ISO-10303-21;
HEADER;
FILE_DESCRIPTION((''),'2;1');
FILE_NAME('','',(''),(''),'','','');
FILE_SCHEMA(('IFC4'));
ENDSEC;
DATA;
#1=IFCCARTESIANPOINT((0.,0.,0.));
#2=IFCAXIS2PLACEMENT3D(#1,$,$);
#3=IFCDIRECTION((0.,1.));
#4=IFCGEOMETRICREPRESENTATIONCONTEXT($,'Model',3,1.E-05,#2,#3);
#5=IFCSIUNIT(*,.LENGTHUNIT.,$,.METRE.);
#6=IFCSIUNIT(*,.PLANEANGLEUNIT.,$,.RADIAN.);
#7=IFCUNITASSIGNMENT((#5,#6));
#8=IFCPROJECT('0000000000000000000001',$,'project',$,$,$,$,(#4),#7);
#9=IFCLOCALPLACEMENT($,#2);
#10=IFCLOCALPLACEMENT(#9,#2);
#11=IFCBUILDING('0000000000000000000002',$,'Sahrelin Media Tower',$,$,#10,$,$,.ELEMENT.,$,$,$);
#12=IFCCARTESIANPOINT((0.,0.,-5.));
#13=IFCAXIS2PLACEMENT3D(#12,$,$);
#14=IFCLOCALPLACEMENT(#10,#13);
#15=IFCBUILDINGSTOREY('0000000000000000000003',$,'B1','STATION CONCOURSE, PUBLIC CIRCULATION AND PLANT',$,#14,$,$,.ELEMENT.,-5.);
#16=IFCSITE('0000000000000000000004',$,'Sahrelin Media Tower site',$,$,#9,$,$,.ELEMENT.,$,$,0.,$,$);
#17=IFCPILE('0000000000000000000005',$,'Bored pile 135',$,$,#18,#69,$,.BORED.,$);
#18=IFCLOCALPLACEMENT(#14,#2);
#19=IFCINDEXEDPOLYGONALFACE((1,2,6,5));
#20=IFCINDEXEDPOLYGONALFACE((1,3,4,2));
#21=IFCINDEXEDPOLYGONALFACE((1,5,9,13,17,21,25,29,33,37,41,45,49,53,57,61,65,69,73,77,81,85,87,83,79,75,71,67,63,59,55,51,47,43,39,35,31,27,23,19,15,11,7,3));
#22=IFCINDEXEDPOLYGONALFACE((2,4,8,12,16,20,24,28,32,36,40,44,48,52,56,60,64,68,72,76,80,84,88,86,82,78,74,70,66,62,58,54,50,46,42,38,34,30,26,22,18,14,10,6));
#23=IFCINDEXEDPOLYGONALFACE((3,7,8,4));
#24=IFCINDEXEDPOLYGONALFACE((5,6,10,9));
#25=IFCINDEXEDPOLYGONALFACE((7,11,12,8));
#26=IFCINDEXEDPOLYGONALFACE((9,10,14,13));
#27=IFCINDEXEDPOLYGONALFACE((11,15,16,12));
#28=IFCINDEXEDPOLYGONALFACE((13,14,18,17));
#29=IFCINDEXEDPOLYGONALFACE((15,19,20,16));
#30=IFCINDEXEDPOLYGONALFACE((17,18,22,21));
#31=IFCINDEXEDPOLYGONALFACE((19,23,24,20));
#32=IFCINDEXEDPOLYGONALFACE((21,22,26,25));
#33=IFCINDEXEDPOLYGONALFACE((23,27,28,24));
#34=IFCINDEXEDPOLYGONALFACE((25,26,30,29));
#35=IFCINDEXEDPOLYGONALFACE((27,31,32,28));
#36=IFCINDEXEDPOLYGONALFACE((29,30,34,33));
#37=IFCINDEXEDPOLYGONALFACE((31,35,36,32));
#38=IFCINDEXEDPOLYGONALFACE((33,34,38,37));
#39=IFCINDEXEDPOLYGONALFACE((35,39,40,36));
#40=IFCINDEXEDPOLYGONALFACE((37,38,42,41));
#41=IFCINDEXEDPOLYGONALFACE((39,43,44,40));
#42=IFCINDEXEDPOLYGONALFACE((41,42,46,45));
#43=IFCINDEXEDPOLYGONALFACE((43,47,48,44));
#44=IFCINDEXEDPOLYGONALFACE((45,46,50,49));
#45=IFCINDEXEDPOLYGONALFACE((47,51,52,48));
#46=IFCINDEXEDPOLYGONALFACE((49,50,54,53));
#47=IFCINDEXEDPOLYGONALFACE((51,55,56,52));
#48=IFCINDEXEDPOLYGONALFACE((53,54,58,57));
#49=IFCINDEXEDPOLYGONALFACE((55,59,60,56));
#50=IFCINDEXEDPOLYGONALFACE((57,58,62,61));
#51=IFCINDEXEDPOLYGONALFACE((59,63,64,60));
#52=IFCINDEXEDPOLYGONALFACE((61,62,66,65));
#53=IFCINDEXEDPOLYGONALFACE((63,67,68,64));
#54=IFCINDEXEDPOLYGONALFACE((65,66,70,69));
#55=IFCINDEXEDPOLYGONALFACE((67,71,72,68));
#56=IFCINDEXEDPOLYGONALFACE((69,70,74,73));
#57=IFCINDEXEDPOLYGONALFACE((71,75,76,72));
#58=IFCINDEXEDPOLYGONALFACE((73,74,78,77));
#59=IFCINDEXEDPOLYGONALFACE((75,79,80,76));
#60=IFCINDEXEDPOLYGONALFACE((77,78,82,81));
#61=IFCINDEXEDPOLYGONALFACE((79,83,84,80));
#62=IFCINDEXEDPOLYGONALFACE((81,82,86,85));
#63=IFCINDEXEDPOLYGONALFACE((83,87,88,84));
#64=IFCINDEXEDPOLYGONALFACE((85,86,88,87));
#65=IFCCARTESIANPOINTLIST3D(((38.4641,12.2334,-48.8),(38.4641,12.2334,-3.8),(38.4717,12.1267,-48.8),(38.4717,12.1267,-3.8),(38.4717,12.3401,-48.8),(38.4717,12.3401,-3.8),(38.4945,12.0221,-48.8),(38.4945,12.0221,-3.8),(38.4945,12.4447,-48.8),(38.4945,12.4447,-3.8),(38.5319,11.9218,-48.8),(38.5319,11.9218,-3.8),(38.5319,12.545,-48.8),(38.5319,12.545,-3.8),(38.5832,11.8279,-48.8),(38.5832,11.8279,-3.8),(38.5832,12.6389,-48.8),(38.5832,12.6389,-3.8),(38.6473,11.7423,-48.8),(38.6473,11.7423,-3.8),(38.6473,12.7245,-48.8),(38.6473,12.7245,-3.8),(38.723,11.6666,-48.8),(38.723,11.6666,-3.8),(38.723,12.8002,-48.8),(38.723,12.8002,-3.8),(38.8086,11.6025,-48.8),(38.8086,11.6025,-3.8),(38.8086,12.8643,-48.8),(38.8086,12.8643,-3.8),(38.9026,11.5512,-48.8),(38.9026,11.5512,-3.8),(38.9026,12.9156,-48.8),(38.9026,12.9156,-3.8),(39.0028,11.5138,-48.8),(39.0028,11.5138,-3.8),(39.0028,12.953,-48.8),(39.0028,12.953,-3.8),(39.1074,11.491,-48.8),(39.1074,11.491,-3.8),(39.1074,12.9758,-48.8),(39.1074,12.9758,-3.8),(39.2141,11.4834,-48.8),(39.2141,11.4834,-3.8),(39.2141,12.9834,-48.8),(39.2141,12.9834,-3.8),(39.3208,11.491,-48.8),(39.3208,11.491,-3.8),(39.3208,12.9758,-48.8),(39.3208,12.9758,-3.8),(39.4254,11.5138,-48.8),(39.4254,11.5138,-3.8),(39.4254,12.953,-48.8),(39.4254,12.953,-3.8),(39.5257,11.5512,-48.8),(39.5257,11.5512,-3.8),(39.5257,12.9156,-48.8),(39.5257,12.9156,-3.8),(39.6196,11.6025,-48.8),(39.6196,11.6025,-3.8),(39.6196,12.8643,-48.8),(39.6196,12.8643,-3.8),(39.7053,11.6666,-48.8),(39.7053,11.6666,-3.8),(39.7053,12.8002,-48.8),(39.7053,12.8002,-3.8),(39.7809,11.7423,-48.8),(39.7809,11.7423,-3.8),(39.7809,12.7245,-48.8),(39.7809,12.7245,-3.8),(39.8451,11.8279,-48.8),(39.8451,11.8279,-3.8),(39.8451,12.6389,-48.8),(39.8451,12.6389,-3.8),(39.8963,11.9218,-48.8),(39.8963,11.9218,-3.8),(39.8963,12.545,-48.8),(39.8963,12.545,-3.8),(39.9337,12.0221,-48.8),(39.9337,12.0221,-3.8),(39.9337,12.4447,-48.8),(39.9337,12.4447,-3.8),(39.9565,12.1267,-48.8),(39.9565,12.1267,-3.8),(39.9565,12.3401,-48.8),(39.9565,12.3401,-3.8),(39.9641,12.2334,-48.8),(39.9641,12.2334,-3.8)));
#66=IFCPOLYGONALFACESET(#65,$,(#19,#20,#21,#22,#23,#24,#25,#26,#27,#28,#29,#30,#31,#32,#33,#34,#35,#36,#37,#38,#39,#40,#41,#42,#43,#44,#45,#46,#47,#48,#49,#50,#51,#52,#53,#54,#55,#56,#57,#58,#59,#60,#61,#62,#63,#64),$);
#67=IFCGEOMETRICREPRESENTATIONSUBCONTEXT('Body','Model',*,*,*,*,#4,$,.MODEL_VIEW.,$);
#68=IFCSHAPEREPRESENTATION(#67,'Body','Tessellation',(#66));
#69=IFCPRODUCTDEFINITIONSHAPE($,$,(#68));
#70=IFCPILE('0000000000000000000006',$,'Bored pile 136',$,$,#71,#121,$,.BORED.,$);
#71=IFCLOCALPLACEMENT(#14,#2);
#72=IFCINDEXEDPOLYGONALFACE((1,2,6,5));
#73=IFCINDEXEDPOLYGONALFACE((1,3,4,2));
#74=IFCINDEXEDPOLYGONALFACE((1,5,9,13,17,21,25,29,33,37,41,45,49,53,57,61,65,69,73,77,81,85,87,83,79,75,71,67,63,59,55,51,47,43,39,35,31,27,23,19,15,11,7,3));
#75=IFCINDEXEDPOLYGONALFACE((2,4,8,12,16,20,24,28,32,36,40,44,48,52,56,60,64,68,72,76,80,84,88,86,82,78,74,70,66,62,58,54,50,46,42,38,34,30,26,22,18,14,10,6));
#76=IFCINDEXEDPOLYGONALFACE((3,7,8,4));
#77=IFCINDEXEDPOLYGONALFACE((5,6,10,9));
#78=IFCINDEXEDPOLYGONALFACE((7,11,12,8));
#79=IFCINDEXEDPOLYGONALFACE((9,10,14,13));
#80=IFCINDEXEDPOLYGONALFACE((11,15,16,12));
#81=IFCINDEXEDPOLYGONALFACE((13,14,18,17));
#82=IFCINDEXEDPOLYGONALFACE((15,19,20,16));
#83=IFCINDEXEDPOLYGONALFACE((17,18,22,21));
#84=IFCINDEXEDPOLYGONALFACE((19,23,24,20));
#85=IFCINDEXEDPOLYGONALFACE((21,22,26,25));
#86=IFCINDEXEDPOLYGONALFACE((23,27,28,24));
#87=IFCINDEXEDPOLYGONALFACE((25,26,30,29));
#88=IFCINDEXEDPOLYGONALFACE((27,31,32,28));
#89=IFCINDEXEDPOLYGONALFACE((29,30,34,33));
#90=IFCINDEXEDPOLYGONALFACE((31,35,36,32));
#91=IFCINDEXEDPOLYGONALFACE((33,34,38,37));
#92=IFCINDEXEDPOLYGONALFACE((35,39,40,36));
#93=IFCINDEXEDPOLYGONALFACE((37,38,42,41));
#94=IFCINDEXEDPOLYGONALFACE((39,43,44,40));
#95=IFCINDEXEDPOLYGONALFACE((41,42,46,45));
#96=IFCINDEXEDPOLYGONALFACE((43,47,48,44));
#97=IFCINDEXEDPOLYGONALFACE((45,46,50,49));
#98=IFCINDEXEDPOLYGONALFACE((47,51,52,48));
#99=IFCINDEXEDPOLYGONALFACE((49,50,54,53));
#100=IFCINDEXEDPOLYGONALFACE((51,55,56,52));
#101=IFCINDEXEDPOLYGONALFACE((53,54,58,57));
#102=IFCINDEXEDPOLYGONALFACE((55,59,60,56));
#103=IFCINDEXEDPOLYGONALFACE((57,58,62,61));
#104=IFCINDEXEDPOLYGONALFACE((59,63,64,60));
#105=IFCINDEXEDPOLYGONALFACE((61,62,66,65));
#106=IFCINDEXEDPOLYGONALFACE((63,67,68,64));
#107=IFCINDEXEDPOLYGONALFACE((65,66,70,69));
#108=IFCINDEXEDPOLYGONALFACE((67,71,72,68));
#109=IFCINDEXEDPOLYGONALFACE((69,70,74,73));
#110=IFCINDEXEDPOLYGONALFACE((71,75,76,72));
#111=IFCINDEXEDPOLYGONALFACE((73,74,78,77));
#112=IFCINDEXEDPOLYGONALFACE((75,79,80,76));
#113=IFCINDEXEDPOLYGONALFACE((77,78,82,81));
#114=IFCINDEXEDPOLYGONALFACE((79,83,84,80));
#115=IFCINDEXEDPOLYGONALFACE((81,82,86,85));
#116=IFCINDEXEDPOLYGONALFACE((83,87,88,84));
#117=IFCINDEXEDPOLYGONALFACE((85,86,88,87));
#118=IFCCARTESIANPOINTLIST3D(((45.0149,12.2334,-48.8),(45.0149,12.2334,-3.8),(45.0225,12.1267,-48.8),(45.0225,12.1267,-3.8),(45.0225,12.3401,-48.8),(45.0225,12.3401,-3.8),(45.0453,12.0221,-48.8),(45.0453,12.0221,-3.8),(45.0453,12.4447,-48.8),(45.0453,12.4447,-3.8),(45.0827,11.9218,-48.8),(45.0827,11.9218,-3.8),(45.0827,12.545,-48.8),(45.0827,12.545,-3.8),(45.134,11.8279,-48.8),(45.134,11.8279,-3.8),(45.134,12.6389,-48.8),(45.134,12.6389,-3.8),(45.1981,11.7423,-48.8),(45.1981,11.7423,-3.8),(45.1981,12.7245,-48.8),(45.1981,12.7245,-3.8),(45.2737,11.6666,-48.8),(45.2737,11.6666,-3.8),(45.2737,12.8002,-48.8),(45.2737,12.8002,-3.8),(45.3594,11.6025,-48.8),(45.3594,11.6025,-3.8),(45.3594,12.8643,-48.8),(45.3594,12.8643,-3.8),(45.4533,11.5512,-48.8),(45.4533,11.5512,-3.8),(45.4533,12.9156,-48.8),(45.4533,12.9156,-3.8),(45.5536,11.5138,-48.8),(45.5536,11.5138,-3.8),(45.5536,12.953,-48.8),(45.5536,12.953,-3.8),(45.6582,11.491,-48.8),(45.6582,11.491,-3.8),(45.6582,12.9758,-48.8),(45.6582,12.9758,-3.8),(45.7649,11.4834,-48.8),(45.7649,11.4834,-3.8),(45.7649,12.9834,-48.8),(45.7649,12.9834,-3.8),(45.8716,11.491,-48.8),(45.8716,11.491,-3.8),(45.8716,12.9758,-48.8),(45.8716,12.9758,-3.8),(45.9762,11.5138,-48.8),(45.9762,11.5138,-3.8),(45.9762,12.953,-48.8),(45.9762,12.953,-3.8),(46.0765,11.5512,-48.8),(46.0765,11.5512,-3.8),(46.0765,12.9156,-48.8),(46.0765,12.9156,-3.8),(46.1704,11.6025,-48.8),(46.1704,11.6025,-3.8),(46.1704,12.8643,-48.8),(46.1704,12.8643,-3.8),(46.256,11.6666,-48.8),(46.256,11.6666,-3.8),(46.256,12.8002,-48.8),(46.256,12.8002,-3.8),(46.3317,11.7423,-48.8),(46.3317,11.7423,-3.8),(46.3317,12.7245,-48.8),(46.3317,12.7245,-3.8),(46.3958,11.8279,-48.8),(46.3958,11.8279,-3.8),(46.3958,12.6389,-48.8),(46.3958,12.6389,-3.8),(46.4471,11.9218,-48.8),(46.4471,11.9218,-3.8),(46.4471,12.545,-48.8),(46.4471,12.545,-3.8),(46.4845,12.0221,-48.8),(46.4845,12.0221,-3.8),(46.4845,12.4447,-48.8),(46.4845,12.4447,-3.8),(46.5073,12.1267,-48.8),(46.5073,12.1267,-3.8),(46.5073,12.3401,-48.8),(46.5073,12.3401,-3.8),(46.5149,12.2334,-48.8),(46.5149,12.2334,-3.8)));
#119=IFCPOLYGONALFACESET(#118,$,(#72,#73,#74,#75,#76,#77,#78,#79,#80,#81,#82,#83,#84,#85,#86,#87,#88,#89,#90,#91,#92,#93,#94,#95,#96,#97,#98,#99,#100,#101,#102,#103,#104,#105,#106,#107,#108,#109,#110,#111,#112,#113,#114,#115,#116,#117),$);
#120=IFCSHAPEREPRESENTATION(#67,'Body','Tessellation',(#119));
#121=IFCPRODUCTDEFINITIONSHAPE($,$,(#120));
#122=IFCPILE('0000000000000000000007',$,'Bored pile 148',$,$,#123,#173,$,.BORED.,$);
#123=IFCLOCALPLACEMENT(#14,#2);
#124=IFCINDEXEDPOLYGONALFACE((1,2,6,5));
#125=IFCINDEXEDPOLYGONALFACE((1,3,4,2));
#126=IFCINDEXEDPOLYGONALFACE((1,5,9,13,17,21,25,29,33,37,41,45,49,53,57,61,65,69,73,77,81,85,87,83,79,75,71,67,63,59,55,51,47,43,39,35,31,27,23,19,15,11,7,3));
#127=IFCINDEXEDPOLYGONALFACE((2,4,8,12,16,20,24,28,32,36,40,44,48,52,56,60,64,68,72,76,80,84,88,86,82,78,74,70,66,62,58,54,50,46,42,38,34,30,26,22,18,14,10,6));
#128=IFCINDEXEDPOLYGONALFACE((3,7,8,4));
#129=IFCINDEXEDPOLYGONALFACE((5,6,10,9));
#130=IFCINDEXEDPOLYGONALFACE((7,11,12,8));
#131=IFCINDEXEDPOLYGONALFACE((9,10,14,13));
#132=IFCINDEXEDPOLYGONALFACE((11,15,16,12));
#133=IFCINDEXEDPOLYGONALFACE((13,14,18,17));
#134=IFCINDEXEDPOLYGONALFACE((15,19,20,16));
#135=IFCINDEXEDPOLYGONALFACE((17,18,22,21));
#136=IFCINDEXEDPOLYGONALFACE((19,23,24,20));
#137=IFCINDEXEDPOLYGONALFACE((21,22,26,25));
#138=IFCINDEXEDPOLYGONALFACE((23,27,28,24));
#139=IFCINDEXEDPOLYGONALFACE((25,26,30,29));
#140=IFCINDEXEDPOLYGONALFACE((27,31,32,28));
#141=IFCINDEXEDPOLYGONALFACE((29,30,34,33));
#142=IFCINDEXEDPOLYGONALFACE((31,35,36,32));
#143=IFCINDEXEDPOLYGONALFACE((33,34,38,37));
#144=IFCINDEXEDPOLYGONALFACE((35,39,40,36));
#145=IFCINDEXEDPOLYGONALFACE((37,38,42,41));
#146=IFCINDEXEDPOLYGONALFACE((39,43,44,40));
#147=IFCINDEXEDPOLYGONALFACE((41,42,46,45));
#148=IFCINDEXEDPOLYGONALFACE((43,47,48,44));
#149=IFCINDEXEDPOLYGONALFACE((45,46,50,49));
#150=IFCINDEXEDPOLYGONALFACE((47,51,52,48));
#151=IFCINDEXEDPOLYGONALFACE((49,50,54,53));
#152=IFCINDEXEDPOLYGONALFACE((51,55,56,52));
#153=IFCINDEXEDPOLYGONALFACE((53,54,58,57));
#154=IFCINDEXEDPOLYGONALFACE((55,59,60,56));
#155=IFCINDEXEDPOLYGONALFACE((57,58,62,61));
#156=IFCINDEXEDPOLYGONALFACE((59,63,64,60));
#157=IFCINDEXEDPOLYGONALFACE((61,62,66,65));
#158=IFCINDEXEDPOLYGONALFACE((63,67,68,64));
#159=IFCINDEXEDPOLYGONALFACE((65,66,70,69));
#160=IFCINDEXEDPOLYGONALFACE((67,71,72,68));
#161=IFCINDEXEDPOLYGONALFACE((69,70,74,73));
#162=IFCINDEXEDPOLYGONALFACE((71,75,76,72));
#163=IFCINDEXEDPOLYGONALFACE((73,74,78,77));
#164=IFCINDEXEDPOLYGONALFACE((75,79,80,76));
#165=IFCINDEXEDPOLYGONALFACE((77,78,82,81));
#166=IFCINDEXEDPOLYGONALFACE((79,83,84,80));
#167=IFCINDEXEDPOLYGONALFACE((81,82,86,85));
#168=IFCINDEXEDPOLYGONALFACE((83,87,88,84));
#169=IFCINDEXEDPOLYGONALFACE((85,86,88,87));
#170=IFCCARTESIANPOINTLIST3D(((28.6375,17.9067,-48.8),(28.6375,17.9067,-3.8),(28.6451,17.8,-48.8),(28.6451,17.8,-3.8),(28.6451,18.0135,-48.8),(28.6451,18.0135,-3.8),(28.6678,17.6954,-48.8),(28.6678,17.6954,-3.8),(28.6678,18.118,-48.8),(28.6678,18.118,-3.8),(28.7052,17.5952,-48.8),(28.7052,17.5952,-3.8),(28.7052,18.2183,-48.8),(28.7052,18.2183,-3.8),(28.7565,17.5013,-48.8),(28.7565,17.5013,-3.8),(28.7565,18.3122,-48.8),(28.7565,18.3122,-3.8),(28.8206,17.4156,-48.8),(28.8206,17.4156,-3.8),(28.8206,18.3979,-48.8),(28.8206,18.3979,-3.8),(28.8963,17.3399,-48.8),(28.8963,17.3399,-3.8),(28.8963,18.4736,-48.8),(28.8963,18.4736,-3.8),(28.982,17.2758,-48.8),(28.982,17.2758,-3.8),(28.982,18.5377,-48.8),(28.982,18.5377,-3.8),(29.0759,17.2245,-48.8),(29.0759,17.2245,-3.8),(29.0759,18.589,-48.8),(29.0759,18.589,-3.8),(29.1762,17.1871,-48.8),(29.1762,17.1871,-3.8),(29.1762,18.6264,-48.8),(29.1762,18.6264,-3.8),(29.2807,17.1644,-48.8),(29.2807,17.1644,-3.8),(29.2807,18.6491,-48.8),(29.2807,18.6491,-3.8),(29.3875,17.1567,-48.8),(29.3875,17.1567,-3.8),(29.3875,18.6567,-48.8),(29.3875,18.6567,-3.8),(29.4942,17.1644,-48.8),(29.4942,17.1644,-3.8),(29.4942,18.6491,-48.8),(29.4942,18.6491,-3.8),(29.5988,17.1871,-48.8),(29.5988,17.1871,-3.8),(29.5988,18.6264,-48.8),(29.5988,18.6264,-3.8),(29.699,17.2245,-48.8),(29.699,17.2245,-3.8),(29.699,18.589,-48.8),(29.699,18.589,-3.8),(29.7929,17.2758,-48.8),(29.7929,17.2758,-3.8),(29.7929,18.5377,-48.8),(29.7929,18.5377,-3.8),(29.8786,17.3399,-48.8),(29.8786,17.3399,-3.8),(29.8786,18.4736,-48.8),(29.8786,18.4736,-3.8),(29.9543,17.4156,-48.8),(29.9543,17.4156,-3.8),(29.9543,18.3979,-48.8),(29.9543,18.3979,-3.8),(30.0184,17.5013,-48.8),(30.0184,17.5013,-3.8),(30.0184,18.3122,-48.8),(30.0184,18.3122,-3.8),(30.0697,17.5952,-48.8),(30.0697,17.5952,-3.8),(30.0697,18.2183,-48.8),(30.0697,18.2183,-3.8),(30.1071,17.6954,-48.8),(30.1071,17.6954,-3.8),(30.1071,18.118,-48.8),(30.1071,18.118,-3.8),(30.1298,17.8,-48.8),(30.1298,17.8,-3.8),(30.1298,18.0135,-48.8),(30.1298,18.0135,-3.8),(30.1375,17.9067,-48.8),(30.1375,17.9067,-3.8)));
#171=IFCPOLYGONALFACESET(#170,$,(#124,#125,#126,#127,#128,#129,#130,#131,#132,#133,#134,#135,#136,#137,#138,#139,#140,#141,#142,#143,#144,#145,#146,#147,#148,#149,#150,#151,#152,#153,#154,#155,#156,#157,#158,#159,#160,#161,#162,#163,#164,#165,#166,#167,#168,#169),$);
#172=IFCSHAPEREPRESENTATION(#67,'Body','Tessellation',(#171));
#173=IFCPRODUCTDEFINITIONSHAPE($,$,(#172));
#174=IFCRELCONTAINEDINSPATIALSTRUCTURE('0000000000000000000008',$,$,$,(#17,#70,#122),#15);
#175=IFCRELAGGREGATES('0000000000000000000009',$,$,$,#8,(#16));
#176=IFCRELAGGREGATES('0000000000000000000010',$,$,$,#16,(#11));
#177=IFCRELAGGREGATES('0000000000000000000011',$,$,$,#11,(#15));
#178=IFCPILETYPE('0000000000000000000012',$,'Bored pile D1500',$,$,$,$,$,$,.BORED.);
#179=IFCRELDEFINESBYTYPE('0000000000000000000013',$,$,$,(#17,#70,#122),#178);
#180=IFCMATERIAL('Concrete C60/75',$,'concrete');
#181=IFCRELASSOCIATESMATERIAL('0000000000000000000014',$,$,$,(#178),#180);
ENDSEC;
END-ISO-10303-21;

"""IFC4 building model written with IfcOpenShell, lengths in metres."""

from ifc_helpers import new_model, si_unit, direction, frame, origin, origin_2d, place, context, subcontext, project, spatial, circle, extrude, material, material_profile, profile_set, type_object, element, save


model = new_model("IFC4")

# Units and contexts
model_context = context("Model", 3, precision=1e-05, world=origin(), true_north=direction((0.0, 1.0)))
body_context = subcontext(model_context, "Body", "Model", "MODEL_VIEW")
ifc_project = project(units=[si_unit("LENGTHUNIT", "METRE"), si_unit("PLANEANGLEUNIT", "RADIAN")], contexts=[model_context])

# Site, building, storey
site_placement = place(None, origin())
site = spatial("IfcSite", under=ifc_project, at=site_placement, Name="Sahrelin Media Tower site", CompositionType="ELEMENT", RefElevation=0.0)
building_placement = place(site_placement, origin())
building = spatial("IfcBuilding", under=site, at=building_placement, Name="Sahrelin Media Tower", CompositionType="ELEMENT")
storey_placement = place(building_placement, frame((0.0, 0.0, -5.0)))
storey = spatial("IfcBuildingStorey", under=building, at=storey_placement, Name="B1", Description="STATION CONCOURSE, PUBLIC CIRCULATION AND PLANT", CompositionType="ELEMENT", Elevation=-5.0)

# Piles
ifc_material_1 = material(Name="Concrete C60/75", Category="concrete")
ifc_material_profile_1 = material_profile(ifc_material_1, circle(Radius=0.75, at=origin_2d()), Name="Bored pile D1500")
ifc_profile_set_1 = profile_set([ifc_material_profile_1], Name="Concrete C60/75")
pile_type = type_object("IfcPileType", Name="Bored pile D1500", PredefinedType="BORED", material=ifc_profile_set_1)
for number, where, z_axis, x_axis, name in (
    (1, (39.2141, 12.2334, -3.8), (0.0, 0.0, -1.0), (1.0, 0.0, 0.0), "Bored pile 135"),
    (2, (45.7649, 12.2334, -3.8), (0.0, 0.0, -1.0), (1.0, 0.0, 0.0), "Bored pile 136"),
    (3, (29.3875, 17.9067, -3.8), (0.0, 0.0, -1.0), (1.0, 0.0, 0.0), "Bored pile 148"),
):
    element("IfcPile", number, at=place(storey_placement, frame(where, z_axis=z_axis, x_axis=x_axis)), inside=storey, type_object=pile_type, Name=name, PredefinedType="BORED", context=body_context, shape_type="SweptSolid", body=[
        extrude(circle(Radius=0.75, at=origin_2d()), origin(), (0.0, 0.0, 1.0), 45.0),
    ])

save(model, "model.ifc")
